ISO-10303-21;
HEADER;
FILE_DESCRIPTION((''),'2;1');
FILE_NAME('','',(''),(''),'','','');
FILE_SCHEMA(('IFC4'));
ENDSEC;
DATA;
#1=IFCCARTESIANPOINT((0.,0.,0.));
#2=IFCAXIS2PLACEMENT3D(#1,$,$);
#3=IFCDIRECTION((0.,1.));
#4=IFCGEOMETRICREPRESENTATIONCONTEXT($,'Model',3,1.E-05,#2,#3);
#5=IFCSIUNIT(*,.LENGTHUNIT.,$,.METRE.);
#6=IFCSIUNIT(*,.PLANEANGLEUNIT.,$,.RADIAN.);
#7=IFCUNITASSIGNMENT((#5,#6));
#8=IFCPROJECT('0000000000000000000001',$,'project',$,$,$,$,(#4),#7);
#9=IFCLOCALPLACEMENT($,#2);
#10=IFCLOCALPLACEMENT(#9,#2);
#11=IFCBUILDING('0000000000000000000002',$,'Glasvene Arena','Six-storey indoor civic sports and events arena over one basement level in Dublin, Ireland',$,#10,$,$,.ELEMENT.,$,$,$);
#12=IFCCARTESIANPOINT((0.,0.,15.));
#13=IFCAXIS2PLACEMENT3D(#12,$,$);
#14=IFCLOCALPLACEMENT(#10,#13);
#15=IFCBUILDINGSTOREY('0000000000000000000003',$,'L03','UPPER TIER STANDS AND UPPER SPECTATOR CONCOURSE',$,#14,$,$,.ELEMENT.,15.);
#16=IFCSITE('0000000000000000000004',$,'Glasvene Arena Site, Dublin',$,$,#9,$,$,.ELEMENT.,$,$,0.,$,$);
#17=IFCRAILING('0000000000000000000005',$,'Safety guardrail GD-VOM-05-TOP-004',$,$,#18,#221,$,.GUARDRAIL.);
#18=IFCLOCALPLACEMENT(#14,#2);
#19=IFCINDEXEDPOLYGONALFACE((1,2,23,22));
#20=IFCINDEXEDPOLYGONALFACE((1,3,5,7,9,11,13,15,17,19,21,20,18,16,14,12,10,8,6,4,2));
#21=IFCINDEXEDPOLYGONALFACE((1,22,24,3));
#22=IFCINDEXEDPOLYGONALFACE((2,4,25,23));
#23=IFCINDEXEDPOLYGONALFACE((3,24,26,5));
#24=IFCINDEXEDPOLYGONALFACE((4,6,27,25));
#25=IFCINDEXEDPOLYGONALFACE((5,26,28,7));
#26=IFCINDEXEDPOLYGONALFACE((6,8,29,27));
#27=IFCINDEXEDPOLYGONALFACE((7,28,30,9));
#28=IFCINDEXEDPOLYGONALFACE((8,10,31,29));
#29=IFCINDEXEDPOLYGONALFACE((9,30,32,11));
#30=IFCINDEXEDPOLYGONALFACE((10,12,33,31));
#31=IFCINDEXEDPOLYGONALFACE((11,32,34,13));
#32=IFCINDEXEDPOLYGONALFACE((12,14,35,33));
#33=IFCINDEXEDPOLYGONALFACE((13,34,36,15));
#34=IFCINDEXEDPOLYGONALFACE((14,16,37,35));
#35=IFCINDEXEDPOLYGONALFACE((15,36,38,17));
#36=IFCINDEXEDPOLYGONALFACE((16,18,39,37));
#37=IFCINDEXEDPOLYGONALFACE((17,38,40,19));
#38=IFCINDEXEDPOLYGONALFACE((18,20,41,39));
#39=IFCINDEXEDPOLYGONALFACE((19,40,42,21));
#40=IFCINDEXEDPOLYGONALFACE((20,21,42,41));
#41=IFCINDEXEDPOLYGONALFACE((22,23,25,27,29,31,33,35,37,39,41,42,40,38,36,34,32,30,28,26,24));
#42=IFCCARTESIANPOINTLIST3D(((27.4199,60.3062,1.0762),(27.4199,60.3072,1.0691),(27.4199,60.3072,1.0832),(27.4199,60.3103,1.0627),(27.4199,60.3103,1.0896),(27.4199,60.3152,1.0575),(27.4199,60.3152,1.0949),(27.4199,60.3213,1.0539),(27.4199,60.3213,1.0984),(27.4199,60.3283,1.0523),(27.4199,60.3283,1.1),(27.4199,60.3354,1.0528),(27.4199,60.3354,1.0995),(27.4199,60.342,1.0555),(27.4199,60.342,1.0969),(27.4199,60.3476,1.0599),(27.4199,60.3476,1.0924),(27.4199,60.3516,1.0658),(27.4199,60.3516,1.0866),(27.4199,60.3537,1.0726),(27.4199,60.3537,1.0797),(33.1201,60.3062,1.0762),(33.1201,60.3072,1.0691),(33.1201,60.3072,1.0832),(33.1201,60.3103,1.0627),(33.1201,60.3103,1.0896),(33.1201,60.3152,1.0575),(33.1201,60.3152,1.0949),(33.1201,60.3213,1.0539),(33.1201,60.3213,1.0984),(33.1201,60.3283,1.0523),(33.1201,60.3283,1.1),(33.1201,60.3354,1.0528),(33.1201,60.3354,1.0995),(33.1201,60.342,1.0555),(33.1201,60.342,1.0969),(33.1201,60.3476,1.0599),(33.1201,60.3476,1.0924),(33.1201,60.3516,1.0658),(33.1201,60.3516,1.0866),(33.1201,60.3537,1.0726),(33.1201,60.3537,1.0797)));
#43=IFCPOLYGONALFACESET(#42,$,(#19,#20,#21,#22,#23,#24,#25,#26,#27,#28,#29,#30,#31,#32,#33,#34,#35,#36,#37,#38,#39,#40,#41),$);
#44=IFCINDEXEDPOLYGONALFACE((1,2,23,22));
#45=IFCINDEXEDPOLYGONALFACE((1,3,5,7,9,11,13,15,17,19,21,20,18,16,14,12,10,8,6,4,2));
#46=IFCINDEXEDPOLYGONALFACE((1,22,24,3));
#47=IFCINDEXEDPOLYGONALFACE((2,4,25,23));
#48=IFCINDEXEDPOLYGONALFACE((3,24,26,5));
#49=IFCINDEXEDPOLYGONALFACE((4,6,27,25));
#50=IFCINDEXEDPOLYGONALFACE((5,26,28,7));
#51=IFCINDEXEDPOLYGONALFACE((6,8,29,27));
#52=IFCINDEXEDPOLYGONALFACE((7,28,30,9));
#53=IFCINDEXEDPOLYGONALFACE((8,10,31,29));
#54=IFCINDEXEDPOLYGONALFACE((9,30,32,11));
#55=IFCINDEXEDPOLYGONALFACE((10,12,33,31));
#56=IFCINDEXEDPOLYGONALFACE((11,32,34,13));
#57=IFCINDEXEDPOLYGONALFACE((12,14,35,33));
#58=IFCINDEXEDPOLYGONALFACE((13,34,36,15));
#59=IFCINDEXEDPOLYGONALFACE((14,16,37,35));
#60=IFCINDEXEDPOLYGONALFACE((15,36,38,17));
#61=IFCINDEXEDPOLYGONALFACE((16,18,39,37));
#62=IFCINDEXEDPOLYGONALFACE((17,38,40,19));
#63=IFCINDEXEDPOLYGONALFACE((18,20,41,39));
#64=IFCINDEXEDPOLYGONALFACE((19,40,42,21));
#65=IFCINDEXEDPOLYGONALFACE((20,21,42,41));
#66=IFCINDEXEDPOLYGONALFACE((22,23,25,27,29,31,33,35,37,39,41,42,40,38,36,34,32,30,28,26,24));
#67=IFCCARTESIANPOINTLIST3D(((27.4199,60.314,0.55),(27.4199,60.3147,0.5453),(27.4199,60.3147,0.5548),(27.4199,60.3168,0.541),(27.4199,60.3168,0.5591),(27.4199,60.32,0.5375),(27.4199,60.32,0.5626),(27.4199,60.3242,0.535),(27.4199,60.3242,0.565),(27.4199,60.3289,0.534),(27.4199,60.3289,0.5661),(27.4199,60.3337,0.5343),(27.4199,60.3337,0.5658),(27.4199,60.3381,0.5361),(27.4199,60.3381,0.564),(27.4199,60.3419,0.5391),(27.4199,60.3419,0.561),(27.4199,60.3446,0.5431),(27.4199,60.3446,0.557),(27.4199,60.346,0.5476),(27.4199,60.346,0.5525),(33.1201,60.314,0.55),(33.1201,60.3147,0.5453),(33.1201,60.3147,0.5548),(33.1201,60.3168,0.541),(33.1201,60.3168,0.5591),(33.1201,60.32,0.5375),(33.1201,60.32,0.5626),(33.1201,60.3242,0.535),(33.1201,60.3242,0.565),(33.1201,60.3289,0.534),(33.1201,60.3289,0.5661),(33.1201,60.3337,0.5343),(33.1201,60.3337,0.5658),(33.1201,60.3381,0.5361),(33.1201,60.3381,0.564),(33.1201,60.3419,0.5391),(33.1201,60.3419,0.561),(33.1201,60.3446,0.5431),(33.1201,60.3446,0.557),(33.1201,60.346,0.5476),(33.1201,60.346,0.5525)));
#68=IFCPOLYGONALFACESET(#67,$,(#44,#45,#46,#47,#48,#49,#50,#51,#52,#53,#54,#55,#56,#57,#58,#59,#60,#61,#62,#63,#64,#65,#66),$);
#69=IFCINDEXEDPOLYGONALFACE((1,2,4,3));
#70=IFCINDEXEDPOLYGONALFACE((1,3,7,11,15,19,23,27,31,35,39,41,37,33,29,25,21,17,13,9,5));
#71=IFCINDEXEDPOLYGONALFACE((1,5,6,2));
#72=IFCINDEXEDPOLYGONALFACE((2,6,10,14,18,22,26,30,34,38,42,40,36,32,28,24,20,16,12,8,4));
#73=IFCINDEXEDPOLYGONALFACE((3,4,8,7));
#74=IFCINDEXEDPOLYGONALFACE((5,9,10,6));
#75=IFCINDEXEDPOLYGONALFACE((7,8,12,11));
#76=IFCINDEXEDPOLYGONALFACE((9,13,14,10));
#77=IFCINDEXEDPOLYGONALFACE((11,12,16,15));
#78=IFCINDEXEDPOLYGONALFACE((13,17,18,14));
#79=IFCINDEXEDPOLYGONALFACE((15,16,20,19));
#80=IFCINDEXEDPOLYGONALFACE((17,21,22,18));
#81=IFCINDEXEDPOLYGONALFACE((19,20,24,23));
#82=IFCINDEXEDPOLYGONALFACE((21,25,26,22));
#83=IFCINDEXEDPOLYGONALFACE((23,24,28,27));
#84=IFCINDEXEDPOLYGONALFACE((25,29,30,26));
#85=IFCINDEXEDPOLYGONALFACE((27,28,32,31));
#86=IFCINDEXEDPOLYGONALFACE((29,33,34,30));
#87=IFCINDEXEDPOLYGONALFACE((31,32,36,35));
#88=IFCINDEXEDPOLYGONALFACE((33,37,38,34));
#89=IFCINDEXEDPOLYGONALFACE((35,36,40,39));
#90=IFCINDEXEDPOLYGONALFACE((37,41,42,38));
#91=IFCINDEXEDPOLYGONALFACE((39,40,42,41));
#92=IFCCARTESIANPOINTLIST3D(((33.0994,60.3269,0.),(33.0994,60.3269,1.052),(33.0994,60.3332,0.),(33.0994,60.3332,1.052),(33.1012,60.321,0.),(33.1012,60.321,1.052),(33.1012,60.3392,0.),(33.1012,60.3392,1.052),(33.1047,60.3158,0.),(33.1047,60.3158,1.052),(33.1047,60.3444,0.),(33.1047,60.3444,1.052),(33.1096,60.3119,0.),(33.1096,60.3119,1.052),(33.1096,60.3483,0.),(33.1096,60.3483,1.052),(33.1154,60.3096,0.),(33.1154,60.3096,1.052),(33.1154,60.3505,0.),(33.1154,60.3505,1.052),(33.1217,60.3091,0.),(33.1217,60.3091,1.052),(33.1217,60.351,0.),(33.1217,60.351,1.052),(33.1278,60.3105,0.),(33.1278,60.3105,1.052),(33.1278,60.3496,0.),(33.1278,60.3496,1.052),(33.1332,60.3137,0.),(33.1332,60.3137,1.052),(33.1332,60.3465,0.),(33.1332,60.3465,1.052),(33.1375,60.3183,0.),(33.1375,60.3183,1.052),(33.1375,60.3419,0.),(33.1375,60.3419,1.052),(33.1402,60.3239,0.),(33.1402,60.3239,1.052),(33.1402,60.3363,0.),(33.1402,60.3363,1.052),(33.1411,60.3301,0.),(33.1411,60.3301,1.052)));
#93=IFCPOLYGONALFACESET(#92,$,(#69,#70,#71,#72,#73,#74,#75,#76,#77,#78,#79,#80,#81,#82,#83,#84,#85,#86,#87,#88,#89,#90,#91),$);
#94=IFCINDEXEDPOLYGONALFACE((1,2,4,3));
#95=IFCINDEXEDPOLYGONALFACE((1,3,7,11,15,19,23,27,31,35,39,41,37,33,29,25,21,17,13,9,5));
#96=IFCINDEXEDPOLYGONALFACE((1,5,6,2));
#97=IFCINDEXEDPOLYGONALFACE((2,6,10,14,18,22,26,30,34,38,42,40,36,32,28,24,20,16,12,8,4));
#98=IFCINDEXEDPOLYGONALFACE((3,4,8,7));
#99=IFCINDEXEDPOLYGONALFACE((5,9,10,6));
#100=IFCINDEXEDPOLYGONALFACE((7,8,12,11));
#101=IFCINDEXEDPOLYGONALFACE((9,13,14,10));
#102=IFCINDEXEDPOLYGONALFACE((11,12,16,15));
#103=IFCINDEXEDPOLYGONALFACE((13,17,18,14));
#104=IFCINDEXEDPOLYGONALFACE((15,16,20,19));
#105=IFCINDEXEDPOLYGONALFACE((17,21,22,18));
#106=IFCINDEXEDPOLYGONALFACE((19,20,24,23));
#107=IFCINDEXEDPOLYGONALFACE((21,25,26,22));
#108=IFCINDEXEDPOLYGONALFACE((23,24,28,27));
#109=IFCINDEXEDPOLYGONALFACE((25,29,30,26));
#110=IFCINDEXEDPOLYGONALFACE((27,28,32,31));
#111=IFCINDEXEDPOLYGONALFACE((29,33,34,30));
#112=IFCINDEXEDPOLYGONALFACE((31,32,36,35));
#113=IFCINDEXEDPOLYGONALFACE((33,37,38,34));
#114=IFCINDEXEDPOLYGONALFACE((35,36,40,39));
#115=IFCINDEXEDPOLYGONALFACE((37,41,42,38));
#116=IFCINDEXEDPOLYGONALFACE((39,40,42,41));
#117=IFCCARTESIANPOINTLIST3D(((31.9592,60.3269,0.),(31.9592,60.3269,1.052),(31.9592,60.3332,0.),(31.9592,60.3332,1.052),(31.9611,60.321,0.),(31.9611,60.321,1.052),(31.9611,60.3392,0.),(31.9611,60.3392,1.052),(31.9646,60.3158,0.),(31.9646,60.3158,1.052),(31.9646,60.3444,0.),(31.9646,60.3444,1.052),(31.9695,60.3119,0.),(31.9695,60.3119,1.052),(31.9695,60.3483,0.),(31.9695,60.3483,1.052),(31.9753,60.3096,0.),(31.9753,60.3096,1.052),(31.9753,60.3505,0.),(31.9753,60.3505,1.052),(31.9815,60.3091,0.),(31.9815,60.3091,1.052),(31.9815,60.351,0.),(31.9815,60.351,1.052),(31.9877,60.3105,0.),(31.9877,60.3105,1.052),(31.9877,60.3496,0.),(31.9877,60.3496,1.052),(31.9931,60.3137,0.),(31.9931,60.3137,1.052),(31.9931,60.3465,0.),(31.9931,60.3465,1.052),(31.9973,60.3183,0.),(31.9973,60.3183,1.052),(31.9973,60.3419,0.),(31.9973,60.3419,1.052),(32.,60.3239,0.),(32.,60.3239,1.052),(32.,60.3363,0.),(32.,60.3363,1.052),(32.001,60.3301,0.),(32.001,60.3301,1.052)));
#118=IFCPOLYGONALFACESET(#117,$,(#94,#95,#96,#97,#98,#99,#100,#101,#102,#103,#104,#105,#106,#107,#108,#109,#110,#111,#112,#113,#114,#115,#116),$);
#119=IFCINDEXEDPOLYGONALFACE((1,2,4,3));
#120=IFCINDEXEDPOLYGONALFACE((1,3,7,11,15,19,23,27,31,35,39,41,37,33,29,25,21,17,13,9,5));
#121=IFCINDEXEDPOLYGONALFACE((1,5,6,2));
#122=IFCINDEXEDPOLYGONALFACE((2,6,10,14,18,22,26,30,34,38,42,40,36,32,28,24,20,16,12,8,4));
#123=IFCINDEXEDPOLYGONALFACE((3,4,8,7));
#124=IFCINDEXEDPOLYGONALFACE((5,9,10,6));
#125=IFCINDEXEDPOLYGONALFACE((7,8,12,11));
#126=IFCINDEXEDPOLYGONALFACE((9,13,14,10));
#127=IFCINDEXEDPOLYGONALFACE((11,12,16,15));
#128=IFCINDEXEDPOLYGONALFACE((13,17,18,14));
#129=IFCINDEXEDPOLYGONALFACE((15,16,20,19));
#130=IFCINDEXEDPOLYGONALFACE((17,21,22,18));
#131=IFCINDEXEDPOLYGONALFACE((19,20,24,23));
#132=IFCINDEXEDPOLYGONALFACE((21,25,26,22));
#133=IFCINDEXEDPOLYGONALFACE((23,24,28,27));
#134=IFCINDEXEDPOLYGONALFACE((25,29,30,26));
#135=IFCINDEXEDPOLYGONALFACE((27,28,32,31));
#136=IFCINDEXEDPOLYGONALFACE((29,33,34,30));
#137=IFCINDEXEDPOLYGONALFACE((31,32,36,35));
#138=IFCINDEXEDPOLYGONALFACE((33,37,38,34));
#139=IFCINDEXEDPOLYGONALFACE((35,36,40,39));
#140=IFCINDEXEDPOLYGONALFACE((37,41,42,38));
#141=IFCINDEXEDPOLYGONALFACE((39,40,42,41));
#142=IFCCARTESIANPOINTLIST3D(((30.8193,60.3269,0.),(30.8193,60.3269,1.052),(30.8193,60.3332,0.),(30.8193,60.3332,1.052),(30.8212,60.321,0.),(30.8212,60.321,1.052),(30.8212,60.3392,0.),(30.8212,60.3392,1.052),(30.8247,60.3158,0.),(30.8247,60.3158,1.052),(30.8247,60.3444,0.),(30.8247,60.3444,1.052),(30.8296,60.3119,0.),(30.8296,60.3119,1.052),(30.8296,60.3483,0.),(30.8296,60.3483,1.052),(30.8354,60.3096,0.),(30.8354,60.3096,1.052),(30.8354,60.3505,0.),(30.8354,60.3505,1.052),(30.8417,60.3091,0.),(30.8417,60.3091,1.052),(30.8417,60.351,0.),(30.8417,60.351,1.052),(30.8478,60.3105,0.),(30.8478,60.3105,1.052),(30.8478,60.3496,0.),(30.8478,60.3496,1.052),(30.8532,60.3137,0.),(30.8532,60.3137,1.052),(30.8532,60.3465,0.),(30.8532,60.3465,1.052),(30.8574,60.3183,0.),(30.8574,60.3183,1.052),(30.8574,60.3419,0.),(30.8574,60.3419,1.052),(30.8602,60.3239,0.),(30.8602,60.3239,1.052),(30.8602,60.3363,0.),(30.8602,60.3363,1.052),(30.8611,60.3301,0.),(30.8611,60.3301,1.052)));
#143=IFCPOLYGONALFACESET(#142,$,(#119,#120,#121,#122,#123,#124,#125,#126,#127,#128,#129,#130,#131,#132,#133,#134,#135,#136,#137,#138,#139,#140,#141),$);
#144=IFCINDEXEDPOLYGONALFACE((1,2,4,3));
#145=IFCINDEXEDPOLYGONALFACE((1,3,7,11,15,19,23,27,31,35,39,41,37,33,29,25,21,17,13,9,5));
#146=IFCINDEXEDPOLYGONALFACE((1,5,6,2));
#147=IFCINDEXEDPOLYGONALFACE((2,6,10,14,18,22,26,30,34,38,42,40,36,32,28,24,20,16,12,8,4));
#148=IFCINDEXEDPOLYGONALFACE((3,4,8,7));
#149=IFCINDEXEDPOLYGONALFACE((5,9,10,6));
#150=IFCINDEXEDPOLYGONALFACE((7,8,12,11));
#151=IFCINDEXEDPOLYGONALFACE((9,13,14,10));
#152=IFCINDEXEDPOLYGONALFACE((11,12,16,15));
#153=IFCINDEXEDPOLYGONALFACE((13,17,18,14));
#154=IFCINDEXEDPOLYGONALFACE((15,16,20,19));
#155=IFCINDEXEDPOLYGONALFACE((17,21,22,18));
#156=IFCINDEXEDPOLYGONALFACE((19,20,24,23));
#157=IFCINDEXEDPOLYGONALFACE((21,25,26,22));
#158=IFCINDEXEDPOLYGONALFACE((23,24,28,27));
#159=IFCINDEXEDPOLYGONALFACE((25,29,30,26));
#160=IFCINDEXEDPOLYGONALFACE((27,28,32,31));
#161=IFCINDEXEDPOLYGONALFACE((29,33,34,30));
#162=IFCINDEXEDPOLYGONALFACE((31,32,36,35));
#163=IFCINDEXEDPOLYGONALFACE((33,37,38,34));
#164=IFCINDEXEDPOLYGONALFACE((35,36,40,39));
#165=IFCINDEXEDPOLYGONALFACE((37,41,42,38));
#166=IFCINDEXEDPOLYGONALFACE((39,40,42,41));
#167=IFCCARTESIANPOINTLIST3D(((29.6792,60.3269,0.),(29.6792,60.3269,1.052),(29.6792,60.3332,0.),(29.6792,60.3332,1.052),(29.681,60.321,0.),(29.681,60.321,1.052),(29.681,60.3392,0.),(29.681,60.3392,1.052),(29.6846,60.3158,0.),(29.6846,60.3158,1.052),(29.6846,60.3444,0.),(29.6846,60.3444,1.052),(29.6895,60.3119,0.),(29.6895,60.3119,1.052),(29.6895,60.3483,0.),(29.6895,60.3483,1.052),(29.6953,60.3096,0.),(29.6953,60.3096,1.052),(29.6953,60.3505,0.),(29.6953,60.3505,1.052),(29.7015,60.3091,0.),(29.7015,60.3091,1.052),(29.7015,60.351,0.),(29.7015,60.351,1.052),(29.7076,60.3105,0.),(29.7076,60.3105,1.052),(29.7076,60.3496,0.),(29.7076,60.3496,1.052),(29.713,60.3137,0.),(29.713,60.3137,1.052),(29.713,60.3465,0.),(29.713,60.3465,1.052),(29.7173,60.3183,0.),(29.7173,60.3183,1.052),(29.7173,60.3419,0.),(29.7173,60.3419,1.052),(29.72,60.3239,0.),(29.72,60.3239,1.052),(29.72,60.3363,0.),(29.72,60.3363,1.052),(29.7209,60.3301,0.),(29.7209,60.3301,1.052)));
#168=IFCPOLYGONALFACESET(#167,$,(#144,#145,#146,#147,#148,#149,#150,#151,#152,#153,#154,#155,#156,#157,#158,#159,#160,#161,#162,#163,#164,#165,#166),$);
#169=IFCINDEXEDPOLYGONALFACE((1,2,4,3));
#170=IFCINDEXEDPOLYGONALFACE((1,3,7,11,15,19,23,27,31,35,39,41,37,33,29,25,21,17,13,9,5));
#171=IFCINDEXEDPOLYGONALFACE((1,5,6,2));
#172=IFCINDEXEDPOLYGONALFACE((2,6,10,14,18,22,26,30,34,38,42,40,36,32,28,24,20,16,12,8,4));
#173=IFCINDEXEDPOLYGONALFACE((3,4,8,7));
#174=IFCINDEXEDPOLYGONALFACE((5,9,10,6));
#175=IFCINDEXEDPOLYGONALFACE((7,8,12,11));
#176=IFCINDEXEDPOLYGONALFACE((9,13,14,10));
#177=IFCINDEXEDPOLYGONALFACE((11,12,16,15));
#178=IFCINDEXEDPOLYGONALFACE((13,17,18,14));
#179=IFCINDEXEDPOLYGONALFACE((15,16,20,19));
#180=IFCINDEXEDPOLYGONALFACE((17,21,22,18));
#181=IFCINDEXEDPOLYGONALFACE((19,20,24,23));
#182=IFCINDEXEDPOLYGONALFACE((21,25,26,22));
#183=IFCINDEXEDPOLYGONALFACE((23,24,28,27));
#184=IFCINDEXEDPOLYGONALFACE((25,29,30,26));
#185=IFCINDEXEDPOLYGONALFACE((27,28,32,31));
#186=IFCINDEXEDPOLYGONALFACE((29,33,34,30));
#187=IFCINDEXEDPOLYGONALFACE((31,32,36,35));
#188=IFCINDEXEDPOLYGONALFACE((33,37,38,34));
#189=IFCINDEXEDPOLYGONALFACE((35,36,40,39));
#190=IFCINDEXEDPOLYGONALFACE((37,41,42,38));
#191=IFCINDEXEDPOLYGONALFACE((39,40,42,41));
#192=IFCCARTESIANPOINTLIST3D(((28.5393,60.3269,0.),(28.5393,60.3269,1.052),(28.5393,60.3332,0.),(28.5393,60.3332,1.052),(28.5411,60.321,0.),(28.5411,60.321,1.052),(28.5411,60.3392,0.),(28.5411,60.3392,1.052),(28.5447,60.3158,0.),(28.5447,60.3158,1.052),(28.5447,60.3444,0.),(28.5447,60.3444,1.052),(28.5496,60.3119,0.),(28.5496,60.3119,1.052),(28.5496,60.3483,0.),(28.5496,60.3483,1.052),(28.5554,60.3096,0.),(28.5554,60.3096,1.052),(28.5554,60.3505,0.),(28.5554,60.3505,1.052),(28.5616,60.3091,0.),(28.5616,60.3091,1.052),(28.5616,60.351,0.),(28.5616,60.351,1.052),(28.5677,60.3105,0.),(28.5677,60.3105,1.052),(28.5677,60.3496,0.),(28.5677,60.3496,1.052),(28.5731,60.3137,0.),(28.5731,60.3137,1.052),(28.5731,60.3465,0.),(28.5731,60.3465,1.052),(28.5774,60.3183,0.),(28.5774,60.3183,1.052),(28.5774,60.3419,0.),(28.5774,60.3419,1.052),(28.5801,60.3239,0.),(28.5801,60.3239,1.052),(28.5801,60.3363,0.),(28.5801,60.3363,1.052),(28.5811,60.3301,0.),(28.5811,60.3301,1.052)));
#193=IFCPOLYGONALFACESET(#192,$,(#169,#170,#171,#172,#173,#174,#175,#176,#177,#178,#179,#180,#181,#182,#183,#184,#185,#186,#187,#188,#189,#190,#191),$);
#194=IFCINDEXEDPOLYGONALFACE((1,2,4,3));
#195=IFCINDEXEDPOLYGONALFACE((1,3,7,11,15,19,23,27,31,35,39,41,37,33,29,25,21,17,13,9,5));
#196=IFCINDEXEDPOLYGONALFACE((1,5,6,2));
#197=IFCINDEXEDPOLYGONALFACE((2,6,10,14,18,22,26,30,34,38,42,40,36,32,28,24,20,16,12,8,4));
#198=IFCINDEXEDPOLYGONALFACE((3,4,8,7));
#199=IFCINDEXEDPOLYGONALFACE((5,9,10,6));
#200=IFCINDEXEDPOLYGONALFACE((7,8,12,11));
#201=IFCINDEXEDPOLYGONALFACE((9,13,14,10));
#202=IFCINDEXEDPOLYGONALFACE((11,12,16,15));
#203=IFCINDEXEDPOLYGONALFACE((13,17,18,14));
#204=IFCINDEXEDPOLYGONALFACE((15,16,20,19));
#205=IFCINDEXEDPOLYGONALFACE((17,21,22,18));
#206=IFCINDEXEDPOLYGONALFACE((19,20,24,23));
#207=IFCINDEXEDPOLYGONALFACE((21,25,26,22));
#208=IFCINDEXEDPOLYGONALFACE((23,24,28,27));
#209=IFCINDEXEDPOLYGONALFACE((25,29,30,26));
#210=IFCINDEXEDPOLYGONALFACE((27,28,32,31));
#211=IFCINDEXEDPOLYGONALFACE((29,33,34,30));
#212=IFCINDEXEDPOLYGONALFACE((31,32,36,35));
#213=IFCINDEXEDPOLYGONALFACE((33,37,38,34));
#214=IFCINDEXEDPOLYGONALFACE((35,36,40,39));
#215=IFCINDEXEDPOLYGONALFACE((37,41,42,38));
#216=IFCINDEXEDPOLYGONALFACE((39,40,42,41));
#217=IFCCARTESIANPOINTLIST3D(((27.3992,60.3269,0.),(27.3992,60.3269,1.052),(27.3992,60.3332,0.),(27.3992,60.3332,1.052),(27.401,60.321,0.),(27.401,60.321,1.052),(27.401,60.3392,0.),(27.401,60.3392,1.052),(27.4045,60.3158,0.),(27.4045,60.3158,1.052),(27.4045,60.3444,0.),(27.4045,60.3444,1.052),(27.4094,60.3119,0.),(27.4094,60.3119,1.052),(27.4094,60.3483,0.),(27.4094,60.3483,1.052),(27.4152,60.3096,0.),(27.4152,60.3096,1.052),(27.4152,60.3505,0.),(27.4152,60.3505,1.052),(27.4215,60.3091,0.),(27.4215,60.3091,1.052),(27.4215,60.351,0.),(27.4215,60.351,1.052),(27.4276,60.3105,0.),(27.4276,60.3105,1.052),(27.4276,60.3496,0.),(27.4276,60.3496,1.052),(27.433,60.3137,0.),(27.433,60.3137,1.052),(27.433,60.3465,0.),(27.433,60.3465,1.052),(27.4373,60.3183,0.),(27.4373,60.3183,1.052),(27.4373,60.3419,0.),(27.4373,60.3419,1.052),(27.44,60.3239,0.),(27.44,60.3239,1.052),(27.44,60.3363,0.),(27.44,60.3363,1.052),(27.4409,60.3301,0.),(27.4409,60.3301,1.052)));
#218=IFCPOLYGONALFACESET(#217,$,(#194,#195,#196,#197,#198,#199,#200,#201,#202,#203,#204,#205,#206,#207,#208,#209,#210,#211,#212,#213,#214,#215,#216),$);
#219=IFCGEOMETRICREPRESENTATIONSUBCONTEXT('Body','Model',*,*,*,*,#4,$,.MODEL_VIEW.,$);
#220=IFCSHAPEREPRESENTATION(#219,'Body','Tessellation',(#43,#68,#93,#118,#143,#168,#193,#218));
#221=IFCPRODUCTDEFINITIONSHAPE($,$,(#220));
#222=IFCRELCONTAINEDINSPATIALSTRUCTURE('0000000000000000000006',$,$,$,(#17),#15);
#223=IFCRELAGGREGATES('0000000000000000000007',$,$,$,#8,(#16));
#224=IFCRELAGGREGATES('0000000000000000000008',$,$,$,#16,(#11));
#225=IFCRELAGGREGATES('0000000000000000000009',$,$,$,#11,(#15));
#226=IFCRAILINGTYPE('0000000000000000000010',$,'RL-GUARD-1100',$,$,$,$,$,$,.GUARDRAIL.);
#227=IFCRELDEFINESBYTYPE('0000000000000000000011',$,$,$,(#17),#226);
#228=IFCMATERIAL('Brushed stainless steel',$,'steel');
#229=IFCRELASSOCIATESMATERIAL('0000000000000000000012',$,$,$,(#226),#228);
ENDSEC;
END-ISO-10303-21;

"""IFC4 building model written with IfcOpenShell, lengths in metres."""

from ifc_helpers import new_model, si_unit, direction, frame, origin, origin_2d, place, context, subcontext, project, spatial, circle, extrude, material, type_object, element, save


model = new_model("IFC4")

# Units and contexts
model_context = context("Model", 3, precision=1e-05, world=origin(), true_north=direction((0.0, 1.0)))
body_context = subcontext(model_context, "Body", "Model", "MODEL_VIEW")
ifc_project = project(units=[si_unit("LENGTHUNIT", "METRE"), si_unit("PLANEANGLEUNIT", "RADIAN")], contexts=[model_context])

# Site, building, storey
site_placement = place(None, origin())
site = spatial("IfcSite", under=ifc_project, at=site_placement, Name="Glasvene Arena Site, Dublin", CompositionType="ELEMENT", RefElevation=0.0)
building_placement = place(site_placement, origin())
building = spatial("IfcBuilding", under=site, at=building_placement, Name="Glasvene Arena", Description="Six-storey indoor civic sports and events arena over one basement level in Dublin, Ireland", CompositionType="ELEMENT")
storey_placement = place(building_placement, frame((0.0, 0.0, 15.0)))
storey = spatial("IfcBuildingStorey", under=building, at=storey_placement, Name="L03", Description="UPPER TIER STANDS AND UPPER SPECTATOR CONCOURSE", CompositionType="ELEMENT", Elevation=15.0)

# Shared definitions
ifc_material_1 = material(Name="Brushed stainless steel", Category="steel")

# Railing
railing_type = type_object("IfcRailingType", Name="RL-GUARD-1100", PredefinedType="GUARDRAIL", material=ifc_material_1)
railing_1_placement = place(storey_placement, frame((33.1201, 60.3301, 0.0)))
element("IfcRailing", 1, at=railing_1_placement, inside=storey, type_object=railing_type, Name="Safety guardrail GD-VOM-05-TOP-004", PredefinedType="GUARDRAIL", context=body_context, shape_type="SweptSolid", body=[
    extrude(circle(Radius=0.0239, at=origin_2d()), frame((0.0, 0.0, 1.0762), z_axis=(-1.0, 0.0, 0.0), x_axis=(0.0, -1.0, 0.0)), (0.0, 0.0, 1.0), 5.7002),
    extrude(circle(Radius=0.0161, at=origin_2d()), frame((0.0, 0.0, 0.55), z_axis=(-1.0, 0.0, 0.0), x_axis=(0.0, -1.0, 0.0)), (0.0, 0.0, 1.0), 5.7002),
    extrude(circle(Radius=0.021, at=origin_2d()), origin(), (0.0, 0.0, 1.0), 1.052),
    extrude(circle(Radius=0.021, at=origin_2d()), frame((-1.1401, 0.0, 0.0)), (0.0, 0.0, 1.0), 1.052),
    extrude(circle(Radius=0.021, at=origin_2d()), frame((-2.28, 0.0, 0.0)), (0.0, 0.0, 1.0), 1.052),
    extrude(circle(Radius=0.021, at=origin_2d()), frame((-3.4202, 0.0, 0.0)), (0.0, 0.0, 1.0), 1.052),
    extrude(circle(Radius=0.021, at=origin_2d()), frame((-4.5601, 0.0, 0.0)), (0.0, 0.0, 1.0), 1.052),
    extrude(circle(Radius=0.021, at=origin_2d()), frame((-5.7002, 0.0, 0.0)), (0.0, 0.0, 1.0), 1.052),
])

save(model, "model.ifc")
